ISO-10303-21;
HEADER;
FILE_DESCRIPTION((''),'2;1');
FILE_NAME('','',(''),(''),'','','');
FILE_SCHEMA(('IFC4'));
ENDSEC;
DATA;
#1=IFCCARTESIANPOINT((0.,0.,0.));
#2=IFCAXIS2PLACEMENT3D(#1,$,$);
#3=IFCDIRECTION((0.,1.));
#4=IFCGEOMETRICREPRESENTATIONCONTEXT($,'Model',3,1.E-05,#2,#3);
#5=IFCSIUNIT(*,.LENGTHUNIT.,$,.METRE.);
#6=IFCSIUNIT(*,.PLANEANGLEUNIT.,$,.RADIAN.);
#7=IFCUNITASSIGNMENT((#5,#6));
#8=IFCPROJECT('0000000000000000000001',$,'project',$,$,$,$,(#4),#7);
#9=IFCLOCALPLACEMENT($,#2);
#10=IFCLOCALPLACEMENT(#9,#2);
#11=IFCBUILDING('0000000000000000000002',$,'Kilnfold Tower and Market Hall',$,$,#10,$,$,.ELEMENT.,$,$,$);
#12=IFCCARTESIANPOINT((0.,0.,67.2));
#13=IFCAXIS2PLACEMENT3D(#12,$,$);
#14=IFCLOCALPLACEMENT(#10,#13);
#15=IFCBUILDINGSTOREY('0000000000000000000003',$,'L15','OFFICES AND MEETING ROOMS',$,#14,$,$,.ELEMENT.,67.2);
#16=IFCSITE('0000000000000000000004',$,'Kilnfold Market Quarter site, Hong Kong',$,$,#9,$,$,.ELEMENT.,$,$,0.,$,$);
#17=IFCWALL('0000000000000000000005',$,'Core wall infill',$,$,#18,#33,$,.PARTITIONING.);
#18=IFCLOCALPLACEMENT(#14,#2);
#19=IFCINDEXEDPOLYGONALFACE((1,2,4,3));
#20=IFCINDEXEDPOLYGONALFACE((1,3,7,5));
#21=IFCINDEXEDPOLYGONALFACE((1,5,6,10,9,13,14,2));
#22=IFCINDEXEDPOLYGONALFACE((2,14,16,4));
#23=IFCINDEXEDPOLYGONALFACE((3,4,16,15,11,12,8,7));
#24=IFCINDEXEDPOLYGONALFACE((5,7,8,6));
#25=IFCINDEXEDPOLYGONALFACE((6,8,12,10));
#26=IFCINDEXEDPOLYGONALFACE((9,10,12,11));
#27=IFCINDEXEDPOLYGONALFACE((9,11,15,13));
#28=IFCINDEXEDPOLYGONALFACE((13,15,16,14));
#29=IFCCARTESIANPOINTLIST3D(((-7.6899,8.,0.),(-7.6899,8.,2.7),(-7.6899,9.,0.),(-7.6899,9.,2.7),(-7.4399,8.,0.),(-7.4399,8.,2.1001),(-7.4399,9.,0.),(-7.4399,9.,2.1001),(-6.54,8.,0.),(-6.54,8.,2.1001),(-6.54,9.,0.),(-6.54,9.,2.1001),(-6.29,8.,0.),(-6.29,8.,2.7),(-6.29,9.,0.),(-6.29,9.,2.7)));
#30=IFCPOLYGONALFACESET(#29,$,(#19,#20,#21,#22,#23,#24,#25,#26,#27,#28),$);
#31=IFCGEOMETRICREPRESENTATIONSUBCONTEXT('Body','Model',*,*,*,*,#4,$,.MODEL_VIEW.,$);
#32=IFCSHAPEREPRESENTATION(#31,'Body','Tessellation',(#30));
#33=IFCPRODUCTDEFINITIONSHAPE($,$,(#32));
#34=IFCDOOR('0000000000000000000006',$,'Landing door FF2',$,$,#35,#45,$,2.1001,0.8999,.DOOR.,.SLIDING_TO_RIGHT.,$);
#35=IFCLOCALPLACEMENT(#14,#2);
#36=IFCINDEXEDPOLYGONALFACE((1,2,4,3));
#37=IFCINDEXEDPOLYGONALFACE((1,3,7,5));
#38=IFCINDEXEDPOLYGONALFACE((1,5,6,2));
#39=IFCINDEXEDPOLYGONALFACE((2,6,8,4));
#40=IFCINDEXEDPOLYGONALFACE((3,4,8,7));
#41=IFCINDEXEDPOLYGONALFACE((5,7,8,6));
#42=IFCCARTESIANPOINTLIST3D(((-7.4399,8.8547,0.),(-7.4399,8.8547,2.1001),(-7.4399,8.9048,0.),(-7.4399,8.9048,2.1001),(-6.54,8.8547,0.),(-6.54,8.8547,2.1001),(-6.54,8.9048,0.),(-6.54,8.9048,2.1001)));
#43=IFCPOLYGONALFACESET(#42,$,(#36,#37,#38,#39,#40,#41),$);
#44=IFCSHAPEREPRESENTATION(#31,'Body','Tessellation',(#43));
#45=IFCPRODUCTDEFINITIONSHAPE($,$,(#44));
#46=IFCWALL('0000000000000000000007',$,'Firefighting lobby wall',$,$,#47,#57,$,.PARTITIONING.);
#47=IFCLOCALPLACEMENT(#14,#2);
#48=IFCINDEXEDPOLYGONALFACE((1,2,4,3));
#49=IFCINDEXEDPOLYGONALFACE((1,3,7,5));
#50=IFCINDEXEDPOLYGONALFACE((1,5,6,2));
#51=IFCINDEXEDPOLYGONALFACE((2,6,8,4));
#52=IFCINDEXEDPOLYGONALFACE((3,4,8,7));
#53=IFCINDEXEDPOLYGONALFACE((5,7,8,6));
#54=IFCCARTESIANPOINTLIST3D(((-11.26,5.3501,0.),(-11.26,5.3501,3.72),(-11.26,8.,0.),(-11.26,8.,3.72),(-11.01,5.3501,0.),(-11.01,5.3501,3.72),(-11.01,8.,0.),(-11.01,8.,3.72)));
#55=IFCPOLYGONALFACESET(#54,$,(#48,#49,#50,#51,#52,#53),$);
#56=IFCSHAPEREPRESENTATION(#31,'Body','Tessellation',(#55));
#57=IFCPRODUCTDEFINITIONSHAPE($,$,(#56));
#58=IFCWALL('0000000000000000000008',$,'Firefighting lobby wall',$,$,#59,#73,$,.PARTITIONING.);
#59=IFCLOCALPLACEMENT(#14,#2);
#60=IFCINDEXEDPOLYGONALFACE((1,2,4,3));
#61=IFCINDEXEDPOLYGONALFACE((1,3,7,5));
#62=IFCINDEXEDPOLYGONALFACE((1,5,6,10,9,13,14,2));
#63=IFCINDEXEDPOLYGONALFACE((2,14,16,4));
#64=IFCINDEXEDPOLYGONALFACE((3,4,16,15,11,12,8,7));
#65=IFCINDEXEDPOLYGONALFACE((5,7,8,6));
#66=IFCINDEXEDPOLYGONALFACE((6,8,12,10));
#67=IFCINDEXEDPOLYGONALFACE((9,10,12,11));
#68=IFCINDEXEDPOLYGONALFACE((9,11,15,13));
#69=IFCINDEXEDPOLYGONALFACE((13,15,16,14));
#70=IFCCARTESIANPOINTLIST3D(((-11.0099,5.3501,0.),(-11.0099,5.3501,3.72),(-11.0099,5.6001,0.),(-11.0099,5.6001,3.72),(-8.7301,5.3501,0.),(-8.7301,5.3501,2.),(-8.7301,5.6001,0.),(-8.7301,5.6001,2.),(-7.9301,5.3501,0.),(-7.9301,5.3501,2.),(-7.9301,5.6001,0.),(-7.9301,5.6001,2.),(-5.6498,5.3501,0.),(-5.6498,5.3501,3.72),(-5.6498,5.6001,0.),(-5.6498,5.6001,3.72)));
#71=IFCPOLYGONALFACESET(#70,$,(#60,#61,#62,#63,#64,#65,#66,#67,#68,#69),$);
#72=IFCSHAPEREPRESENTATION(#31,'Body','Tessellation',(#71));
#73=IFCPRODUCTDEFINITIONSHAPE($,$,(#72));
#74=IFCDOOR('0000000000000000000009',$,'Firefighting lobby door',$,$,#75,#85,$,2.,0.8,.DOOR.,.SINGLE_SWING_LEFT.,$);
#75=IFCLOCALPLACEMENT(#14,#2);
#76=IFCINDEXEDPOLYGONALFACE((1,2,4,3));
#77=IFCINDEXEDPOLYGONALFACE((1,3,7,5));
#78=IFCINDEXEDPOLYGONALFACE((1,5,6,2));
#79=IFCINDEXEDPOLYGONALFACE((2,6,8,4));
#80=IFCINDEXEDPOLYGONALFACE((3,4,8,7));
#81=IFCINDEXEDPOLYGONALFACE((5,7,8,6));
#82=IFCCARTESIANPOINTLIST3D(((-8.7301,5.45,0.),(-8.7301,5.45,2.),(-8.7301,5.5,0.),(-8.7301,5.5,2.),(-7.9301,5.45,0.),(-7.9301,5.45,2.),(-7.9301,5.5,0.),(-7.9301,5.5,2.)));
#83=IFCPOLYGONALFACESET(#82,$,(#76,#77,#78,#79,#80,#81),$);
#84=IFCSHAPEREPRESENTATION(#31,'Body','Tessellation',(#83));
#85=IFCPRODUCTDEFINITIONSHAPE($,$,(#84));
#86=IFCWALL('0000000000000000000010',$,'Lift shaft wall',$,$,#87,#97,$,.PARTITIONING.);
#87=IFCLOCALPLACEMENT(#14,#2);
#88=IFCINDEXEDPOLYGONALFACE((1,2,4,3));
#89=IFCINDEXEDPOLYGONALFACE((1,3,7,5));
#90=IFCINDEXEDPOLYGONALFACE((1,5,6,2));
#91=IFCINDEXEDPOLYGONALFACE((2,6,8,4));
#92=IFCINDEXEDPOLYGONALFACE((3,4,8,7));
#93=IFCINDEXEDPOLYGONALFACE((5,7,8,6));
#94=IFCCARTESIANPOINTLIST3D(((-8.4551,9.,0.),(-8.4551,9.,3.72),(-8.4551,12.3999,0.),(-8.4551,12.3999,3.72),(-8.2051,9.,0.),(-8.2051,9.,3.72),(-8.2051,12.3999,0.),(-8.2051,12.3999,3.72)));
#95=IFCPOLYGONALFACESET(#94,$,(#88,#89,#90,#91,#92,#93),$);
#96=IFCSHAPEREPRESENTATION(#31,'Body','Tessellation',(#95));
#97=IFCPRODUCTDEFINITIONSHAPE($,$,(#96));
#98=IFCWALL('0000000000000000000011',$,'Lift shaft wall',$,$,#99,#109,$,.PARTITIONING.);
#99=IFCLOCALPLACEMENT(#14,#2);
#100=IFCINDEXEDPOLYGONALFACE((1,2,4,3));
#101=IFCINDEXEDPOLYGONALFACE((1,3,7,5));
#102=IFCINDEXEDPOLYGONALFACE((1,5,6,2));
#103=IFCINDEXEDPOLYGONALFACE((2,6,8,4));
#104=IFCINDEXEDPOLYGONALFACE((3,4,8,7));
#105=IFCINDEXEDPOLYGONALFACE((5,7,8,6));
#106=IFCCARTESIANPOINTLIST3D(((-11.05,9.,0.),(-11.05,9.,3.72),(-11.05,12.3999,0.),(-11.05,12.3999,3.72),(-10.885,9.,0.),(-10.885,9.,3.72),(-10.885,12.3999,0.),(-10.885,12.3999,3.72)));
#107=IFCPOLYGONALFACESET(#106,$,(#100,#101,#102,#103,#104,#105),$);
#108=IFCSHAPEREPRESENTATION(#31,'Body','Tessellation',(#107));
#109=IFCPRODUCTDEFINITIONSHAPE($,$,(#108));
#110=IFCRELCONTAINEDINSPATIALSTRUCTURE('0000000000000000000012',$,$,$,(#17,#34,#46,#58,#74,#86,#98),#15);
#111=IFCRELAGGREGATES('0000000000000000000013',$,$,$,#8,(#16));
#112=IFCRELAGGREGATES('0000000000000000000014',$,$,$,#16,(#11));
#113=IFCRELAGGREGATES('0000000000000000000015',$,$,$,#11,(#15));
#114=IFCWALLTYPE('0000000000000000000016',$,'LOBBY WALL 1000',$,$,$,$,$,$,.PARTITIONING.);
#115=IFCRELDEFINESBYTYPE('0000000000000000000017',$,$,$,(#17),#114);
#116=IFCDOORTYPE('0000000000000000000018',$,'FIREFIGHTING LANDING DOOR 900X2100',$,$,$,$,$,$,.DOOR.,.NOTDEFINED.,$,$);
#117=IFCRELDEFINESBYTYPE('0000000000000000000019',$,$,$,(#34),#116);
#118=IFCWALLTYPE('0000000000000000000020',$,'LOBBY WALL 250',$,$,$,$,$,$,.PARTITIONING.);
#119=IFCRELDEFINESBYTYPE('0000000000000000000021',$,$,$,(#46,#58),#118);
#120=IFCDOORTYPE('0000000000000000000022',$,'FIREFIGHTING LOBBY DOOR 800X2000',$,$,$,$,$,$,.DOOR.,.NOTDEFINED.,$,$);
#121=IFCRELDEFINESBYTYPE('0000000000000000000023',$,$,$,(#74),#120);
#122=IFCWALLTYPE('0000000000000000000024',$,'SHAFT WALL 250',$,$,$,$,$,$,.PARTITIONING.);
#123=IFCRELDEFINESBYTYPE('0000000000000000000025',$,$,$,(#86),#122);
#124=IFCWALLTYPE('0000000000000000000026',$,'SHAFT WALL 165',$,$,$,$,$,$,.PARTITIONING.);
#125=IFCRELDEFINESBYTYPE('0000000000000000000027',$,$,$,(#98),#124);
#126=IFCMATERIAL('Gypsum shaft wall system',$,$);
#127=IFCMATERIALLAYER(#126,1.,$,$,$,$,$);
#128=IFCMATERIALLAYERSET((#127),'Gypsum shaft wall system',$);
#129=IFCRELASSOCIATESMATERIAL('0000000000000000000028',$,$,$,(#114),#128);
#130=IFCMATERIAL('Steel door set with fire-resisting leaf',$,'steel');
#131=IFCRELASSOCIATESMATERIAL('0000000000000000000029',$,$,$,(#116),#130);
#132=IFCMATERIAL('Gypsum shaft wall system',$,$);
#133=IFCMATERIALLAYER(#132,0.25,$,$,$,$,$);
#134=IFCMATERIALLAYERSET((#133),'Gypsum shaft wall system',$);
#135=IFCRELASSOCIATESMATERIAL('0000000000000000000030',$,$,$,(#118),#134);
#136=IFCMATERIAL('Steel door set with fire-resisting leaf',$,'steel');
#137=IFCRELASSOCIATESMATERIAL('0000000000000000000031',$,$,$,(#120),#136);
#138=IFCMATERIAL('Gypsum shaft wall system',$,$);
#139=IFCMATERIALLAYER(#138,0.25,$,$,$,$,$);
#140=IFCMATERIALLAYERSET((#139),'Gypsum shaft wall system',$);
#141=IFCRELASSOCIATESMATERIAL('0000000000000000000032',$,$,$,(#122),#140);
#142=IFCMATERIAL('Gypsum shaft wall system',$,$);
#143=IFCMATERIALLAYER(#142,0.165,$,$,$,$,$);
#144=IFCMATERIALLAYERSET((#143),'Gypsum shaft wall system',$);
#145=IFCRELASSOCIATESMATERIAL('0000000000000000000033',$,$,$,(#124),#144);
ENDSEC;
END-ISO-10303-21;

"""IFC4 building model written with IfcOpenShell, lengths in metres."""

from ifc_helpers import new_model, si_unit, direction, frame, frame_2d, origin, place, context, subcontext, project, spatial, rectangle, extrude, source, transform, mapped, material, layer, layer_set, type_object, element, fill, save


model = new_model("IFC4")

# Units and contexts
model_context = context("Model", 3, precision=1e-05, world=origin(), true_north=direction((0.0, 1.0)))
body_context = subcontext(model_context, "Body", "Model", "MODEL_VIEW")
ifc_project = project(units=[si_unit("LENGTHUNIT", "METRE"), si_unit("PLANEANGLEUNIT", "RADIAN")], contexts=[model_context])

# Site, building, storey
site_placement = place(None, origin())
site = spatial("IfcSite", under=ifc_project, at=site_placement, Name="Kilnfold Market Quarter site, Hong Kong", CompositionType="ELEMENT", RefElevation=0.0)
building_placement = place(site_placement, origin())
building = spatial("IfcBuilding", under=site, at=building_placement, Name="Kilnfold Tower and Market Hall", CompositionType="ELEMENT")
storey_placement = place(building_placement, frame((0.0, 0.0, 67.2)))
storey = spatial("IfcBuildingStorey", under=building, at=storey_placement, Name="L15", Description="OFFICES AND MEETING ROOMS", CompositionType="ELEMENT", Elevation=67.2)

# Wall, opening, door
ifc_material_1 = material(Name="Gypsum shaft wall system")
ifc_layer_1 = layer(ifc_material_1, 1.0)
ifc_layer_set_1 = layer_set([ifc_layer_1], Name="Gypsum shaft wall system")
wall_type_1 = type_object("IfcWallType", Name="LOBBY WALL 1000", PredefinedType="PARTITIONING", material=ifc_layer_set_1)
ifc_material_2 = material(Name="Steel door set with fire-resisting leaf", Category="steel")
door_type_1 = type_object("IfcDoorType", Name="FIREFIGHTING LANDING DOOR 900X2100", OperationType="NOTDEFINED", PredefinedType="DOOR", material=ifc_material_2)
shared_shape_1 = source(origin(), body_context, "Body", "SweptSolid", [
    extrude(rectangle(XDim=1.3999, YDim=1.0, at=frame_2d((0.7, 0.0))), origin(), (0.0, 0.0, 1.0), 2.7),
])
wall_1_placement = place(storey_placement, frame((-7.6899, 8.5, 0.0), z_axis=(0.0, 0.0, 1.0), x_axis=(1.0, 0.0, 0.0)))
wall_1 = element("IfcWall", 1, at=wall_1_placement, inside=storey, type_object=wall_type_1, Name="Core wall infill", PredefinedType="PARTITIONING", context=body_context, shape_type="MappedRepresentation", body=[
    mapped(shared_shape_1, transform((0.0, 0.0, 0.0))),
])
opening_1_placement = place(wall_1_placement, frame((0.25, 0.0, 0.0)))
opening_1 = element("IfcOpeningElement", 2, at=opening_1_placement, cuts=wall_1, PredefinedType="OPENING", context=body_context, shape_type="SweptSolid", body=[
    extrude(rectangle(XDim=0.8999, YDim=2.1001, at=frame_2d((0.45, 1.05))), frame((0.0, 0.51, 0.0), z_axis=(0.0, -1.0, 0.0), x_axis=(1.0, 0.0, 0.0)), (0.0, 0.0, 1.0), 1.02),
])
door_1_placement = place(opening_1_placement, origin())
door_1 = element("IfcDoor", 3, at=door_1_placement, inside=storey, type_object=door_type_1, Name="Landing door FF2", OperationType="SLIDING_TO_RIGHT", OverallHeight=2.1001, OverallWidth=0.8999, PredefinedType="DOOR", context=body_context, shape_type="SweptSolid", body=[
    extrude(rectangle(XDim=0.8999, YDim=2.1001, at=frame_2d((0.45, 1.05))), frame((0.0, 0.4048, 0.0), z_axis=(0.0, -1.0, 0.0), x_axis=(1.0, 0.0, 0.0)), (0.0, 0.0, 1.0), 0.05),
])
fill(opening_1, door_1)

# Wall
ifc_material_3 = material(Name="Gypsum shaft wall system")
ifc_layer_2 = layer(ifc_material_3, 0.25)
ifc_layer_set_2 = layer_set([ifc_layer_2], Name="Gypsum shaft wall system")
wall_type_2 = type_object("IfcWallType", Name="LOBBY WALL 250", PredefinedType="PARTITIONING", material=ifc_layer_set_2)
shared_shape_2 = source(origin(), body_context, "Body", "SweptSolid", [
    extrude(rectangle(XDim=2.6499, YDim=0.25, at=frame_2d((1.325, 0.0))), origin(), (0.0, 0.0, 1.0), 3.72),
])
wall_2_placement = place(storey_placement, frame((-11.135, 5.3501, 0.0), z_axis=(0.0, 0.0, 1.0), x_axis=(0.0, 1.0, 0.0)))
element("IfcWall", 4, at=wall_2_placement, inside=storey, type_object=wall_type_2, Name="Firefighting lobby wall", PredefinedType="PARTITIONING", context=body_context, shape_type="MappedRepresentation", body=[
    mapped(shared_shape_2, transform((0.0, 0.0, 0.0))),
])

# Wall, opening, door
shared_shape_3 = source(origin(), body_context, "Body", "SweptSolid", [
    extrude(rectangle(XDim=5.3601, YDim=0.25, at=frame_2d((2.6802, 0.0))), origin(), (0.0, 0.0, 1.0), 3.72),
])
wall_3_placement = place(storey_placement, frame((-11.01, 5.4751, 0.0), z_axis=(0.0, 0.0, 1.0), x_axis=(1.0, 0.0, 0.0)))
wall_3 = element("IfcWall", 5, at=wall_3_placement, inside=storey, type_object=wall_type_2, Name="Firefighting lobby wall", PredefinedType="PARTITIONING", context=body_context, shape_type="MappedRepresentation", body=[
    mapped(shared_shape_3, transform((0.0, 0.0, 0.0))),
])
opening_2_placement = place(wall_3_placement, frame((2.28, 0.0, 0.0)))
opening_2 = element("IfcOpeningElement", 6, at=opening_2_placement, cuts=wall_3, PredefinedType="OPENING", context=body_context, shape_type="SweptSolid", body=[
    extrude(rectangle(XDim=0.8, YDim=2.0, at=frame_2d((0.3999, 1.0))), frame((0.0, 0.135, 0.0), z_axis=(0.0, -1.0, 0.0), x_axis=(1.0, 0.0, 0.0)), (0.0, 0.0, 1.0), 0.27),
])
ifc_material_4 = material(Name="Steel door set with fire-resisting leaf", Category="steel")
door_type_2 = type_object("IfcDoorType", Name="FIREFIGHTING LOBBY DOOR 800X2000", OperationType="NOTDEFINED", PredefinedType="DOOR", material=ifc_material_4)
door_2_placement = place(opening_2_placement, origin())
door_2 = element("IfcDoor", 7, at=door_2_placement, inside=storey, type_object=door_type_2, Name="Firefighting lobby door", OperationType="SINGLE_SWING_LEFT", OverallHeight=2.0, OverallWidth=0.8, PredefinedType="DOOR", context=body_context, shape_type="SweptSolid", body=[
    extrude(rectangle(XDim=0.8, YDim=2.0, at=frame_2d((0.3999, 1.0))), frame((0.0, 0.0249, 0.0), z_axis=(0.0, -1.0, 0.0), x_axis=(1.0, 0.0, 0.0)), (0.0, 0.0, 1.0), 0.05),
])
fill(opening_2, door_2)

# Walls
ifc_material_5 = material(Name="Gypsum shaft wall system")
ifc_layer_3 = layer(ifc_material_5, 0.25)
ifc_layer_set_3 = layer_set([ifc_layer_3], Name="Gypsum shaft wall system")
wall_type_3 = type_object("IfcWallType", Name="SHAFT WALL 250", PredefinedType="PARTITIONING", material=ifc_layer_set_3)
shared_shape_4 = source(origin(), body_context, "Body", "SweptSolid", [
    extrude(rectangle(XDim=3.3999, YDim=0.25, at=frame_2d((1.7, 0.0))), origin(), (0.0, 0.0, 1.0), 3.72),
])
wall_4_placement = place(storey_placement, frame((-8.3301, 9.0, 0.0), z_axis=(0.0, 0.0, 1.0), x_axis=(0.0, 1.0, 0.0)))
element("IfcWall", 8, at=wall_4_placement, inside=storey, type_object=wall_type_3, Name="Lift shaft wall", PredefinedType="PARTITIONING", context=body_context, shape_type="MappedRepresentation", body=[
    mapped(shared_shape_4, transform((0.0, 0.0, 0.0))),
])
ifc_material_6 = material(Name="Gypsum shaft wall system")
ifc_layer_4 = layer(ifc_material_6, 0.165)
ifc_layer_set_4 = layer_set([ifc_layer_4], Name="Gypsum shaft wall system")
wall_type_4 = type_object("IfcWallType", Name="SHAFT WALL 165", PredefinedType="PARTITIONING", material=ifc_layer_set_4)
shared_shape_5 = source(origin(), body_context, "Body", "SweptSolid", [
    extrude(rectangle(XDim=3.3999, YDim=0.165, at=frame_2d((1.7, 0.0))), origin(), (0.0, 0.0, 1.0), 3.72),
])
wall_5_placement = place(storey_placement, frame((-10.9675, 9.0, 0.0), z_axis=(0.0, 0.0, 1.0), x_axis=(0.0, 1.0, 0.0)))
element("IfcWall", 9, at=wall_5_placement, inside=storey, type_object=wall_type_4, Name="Lift shaft wall", PredefinedType="PARTITIONING", context=body_context, shape_type="MappedRepresentation", body=[
    mapped(shared_shape_5, transform((0.0, 0.0, 0.0))),
])

save(model, "model.ifc")
